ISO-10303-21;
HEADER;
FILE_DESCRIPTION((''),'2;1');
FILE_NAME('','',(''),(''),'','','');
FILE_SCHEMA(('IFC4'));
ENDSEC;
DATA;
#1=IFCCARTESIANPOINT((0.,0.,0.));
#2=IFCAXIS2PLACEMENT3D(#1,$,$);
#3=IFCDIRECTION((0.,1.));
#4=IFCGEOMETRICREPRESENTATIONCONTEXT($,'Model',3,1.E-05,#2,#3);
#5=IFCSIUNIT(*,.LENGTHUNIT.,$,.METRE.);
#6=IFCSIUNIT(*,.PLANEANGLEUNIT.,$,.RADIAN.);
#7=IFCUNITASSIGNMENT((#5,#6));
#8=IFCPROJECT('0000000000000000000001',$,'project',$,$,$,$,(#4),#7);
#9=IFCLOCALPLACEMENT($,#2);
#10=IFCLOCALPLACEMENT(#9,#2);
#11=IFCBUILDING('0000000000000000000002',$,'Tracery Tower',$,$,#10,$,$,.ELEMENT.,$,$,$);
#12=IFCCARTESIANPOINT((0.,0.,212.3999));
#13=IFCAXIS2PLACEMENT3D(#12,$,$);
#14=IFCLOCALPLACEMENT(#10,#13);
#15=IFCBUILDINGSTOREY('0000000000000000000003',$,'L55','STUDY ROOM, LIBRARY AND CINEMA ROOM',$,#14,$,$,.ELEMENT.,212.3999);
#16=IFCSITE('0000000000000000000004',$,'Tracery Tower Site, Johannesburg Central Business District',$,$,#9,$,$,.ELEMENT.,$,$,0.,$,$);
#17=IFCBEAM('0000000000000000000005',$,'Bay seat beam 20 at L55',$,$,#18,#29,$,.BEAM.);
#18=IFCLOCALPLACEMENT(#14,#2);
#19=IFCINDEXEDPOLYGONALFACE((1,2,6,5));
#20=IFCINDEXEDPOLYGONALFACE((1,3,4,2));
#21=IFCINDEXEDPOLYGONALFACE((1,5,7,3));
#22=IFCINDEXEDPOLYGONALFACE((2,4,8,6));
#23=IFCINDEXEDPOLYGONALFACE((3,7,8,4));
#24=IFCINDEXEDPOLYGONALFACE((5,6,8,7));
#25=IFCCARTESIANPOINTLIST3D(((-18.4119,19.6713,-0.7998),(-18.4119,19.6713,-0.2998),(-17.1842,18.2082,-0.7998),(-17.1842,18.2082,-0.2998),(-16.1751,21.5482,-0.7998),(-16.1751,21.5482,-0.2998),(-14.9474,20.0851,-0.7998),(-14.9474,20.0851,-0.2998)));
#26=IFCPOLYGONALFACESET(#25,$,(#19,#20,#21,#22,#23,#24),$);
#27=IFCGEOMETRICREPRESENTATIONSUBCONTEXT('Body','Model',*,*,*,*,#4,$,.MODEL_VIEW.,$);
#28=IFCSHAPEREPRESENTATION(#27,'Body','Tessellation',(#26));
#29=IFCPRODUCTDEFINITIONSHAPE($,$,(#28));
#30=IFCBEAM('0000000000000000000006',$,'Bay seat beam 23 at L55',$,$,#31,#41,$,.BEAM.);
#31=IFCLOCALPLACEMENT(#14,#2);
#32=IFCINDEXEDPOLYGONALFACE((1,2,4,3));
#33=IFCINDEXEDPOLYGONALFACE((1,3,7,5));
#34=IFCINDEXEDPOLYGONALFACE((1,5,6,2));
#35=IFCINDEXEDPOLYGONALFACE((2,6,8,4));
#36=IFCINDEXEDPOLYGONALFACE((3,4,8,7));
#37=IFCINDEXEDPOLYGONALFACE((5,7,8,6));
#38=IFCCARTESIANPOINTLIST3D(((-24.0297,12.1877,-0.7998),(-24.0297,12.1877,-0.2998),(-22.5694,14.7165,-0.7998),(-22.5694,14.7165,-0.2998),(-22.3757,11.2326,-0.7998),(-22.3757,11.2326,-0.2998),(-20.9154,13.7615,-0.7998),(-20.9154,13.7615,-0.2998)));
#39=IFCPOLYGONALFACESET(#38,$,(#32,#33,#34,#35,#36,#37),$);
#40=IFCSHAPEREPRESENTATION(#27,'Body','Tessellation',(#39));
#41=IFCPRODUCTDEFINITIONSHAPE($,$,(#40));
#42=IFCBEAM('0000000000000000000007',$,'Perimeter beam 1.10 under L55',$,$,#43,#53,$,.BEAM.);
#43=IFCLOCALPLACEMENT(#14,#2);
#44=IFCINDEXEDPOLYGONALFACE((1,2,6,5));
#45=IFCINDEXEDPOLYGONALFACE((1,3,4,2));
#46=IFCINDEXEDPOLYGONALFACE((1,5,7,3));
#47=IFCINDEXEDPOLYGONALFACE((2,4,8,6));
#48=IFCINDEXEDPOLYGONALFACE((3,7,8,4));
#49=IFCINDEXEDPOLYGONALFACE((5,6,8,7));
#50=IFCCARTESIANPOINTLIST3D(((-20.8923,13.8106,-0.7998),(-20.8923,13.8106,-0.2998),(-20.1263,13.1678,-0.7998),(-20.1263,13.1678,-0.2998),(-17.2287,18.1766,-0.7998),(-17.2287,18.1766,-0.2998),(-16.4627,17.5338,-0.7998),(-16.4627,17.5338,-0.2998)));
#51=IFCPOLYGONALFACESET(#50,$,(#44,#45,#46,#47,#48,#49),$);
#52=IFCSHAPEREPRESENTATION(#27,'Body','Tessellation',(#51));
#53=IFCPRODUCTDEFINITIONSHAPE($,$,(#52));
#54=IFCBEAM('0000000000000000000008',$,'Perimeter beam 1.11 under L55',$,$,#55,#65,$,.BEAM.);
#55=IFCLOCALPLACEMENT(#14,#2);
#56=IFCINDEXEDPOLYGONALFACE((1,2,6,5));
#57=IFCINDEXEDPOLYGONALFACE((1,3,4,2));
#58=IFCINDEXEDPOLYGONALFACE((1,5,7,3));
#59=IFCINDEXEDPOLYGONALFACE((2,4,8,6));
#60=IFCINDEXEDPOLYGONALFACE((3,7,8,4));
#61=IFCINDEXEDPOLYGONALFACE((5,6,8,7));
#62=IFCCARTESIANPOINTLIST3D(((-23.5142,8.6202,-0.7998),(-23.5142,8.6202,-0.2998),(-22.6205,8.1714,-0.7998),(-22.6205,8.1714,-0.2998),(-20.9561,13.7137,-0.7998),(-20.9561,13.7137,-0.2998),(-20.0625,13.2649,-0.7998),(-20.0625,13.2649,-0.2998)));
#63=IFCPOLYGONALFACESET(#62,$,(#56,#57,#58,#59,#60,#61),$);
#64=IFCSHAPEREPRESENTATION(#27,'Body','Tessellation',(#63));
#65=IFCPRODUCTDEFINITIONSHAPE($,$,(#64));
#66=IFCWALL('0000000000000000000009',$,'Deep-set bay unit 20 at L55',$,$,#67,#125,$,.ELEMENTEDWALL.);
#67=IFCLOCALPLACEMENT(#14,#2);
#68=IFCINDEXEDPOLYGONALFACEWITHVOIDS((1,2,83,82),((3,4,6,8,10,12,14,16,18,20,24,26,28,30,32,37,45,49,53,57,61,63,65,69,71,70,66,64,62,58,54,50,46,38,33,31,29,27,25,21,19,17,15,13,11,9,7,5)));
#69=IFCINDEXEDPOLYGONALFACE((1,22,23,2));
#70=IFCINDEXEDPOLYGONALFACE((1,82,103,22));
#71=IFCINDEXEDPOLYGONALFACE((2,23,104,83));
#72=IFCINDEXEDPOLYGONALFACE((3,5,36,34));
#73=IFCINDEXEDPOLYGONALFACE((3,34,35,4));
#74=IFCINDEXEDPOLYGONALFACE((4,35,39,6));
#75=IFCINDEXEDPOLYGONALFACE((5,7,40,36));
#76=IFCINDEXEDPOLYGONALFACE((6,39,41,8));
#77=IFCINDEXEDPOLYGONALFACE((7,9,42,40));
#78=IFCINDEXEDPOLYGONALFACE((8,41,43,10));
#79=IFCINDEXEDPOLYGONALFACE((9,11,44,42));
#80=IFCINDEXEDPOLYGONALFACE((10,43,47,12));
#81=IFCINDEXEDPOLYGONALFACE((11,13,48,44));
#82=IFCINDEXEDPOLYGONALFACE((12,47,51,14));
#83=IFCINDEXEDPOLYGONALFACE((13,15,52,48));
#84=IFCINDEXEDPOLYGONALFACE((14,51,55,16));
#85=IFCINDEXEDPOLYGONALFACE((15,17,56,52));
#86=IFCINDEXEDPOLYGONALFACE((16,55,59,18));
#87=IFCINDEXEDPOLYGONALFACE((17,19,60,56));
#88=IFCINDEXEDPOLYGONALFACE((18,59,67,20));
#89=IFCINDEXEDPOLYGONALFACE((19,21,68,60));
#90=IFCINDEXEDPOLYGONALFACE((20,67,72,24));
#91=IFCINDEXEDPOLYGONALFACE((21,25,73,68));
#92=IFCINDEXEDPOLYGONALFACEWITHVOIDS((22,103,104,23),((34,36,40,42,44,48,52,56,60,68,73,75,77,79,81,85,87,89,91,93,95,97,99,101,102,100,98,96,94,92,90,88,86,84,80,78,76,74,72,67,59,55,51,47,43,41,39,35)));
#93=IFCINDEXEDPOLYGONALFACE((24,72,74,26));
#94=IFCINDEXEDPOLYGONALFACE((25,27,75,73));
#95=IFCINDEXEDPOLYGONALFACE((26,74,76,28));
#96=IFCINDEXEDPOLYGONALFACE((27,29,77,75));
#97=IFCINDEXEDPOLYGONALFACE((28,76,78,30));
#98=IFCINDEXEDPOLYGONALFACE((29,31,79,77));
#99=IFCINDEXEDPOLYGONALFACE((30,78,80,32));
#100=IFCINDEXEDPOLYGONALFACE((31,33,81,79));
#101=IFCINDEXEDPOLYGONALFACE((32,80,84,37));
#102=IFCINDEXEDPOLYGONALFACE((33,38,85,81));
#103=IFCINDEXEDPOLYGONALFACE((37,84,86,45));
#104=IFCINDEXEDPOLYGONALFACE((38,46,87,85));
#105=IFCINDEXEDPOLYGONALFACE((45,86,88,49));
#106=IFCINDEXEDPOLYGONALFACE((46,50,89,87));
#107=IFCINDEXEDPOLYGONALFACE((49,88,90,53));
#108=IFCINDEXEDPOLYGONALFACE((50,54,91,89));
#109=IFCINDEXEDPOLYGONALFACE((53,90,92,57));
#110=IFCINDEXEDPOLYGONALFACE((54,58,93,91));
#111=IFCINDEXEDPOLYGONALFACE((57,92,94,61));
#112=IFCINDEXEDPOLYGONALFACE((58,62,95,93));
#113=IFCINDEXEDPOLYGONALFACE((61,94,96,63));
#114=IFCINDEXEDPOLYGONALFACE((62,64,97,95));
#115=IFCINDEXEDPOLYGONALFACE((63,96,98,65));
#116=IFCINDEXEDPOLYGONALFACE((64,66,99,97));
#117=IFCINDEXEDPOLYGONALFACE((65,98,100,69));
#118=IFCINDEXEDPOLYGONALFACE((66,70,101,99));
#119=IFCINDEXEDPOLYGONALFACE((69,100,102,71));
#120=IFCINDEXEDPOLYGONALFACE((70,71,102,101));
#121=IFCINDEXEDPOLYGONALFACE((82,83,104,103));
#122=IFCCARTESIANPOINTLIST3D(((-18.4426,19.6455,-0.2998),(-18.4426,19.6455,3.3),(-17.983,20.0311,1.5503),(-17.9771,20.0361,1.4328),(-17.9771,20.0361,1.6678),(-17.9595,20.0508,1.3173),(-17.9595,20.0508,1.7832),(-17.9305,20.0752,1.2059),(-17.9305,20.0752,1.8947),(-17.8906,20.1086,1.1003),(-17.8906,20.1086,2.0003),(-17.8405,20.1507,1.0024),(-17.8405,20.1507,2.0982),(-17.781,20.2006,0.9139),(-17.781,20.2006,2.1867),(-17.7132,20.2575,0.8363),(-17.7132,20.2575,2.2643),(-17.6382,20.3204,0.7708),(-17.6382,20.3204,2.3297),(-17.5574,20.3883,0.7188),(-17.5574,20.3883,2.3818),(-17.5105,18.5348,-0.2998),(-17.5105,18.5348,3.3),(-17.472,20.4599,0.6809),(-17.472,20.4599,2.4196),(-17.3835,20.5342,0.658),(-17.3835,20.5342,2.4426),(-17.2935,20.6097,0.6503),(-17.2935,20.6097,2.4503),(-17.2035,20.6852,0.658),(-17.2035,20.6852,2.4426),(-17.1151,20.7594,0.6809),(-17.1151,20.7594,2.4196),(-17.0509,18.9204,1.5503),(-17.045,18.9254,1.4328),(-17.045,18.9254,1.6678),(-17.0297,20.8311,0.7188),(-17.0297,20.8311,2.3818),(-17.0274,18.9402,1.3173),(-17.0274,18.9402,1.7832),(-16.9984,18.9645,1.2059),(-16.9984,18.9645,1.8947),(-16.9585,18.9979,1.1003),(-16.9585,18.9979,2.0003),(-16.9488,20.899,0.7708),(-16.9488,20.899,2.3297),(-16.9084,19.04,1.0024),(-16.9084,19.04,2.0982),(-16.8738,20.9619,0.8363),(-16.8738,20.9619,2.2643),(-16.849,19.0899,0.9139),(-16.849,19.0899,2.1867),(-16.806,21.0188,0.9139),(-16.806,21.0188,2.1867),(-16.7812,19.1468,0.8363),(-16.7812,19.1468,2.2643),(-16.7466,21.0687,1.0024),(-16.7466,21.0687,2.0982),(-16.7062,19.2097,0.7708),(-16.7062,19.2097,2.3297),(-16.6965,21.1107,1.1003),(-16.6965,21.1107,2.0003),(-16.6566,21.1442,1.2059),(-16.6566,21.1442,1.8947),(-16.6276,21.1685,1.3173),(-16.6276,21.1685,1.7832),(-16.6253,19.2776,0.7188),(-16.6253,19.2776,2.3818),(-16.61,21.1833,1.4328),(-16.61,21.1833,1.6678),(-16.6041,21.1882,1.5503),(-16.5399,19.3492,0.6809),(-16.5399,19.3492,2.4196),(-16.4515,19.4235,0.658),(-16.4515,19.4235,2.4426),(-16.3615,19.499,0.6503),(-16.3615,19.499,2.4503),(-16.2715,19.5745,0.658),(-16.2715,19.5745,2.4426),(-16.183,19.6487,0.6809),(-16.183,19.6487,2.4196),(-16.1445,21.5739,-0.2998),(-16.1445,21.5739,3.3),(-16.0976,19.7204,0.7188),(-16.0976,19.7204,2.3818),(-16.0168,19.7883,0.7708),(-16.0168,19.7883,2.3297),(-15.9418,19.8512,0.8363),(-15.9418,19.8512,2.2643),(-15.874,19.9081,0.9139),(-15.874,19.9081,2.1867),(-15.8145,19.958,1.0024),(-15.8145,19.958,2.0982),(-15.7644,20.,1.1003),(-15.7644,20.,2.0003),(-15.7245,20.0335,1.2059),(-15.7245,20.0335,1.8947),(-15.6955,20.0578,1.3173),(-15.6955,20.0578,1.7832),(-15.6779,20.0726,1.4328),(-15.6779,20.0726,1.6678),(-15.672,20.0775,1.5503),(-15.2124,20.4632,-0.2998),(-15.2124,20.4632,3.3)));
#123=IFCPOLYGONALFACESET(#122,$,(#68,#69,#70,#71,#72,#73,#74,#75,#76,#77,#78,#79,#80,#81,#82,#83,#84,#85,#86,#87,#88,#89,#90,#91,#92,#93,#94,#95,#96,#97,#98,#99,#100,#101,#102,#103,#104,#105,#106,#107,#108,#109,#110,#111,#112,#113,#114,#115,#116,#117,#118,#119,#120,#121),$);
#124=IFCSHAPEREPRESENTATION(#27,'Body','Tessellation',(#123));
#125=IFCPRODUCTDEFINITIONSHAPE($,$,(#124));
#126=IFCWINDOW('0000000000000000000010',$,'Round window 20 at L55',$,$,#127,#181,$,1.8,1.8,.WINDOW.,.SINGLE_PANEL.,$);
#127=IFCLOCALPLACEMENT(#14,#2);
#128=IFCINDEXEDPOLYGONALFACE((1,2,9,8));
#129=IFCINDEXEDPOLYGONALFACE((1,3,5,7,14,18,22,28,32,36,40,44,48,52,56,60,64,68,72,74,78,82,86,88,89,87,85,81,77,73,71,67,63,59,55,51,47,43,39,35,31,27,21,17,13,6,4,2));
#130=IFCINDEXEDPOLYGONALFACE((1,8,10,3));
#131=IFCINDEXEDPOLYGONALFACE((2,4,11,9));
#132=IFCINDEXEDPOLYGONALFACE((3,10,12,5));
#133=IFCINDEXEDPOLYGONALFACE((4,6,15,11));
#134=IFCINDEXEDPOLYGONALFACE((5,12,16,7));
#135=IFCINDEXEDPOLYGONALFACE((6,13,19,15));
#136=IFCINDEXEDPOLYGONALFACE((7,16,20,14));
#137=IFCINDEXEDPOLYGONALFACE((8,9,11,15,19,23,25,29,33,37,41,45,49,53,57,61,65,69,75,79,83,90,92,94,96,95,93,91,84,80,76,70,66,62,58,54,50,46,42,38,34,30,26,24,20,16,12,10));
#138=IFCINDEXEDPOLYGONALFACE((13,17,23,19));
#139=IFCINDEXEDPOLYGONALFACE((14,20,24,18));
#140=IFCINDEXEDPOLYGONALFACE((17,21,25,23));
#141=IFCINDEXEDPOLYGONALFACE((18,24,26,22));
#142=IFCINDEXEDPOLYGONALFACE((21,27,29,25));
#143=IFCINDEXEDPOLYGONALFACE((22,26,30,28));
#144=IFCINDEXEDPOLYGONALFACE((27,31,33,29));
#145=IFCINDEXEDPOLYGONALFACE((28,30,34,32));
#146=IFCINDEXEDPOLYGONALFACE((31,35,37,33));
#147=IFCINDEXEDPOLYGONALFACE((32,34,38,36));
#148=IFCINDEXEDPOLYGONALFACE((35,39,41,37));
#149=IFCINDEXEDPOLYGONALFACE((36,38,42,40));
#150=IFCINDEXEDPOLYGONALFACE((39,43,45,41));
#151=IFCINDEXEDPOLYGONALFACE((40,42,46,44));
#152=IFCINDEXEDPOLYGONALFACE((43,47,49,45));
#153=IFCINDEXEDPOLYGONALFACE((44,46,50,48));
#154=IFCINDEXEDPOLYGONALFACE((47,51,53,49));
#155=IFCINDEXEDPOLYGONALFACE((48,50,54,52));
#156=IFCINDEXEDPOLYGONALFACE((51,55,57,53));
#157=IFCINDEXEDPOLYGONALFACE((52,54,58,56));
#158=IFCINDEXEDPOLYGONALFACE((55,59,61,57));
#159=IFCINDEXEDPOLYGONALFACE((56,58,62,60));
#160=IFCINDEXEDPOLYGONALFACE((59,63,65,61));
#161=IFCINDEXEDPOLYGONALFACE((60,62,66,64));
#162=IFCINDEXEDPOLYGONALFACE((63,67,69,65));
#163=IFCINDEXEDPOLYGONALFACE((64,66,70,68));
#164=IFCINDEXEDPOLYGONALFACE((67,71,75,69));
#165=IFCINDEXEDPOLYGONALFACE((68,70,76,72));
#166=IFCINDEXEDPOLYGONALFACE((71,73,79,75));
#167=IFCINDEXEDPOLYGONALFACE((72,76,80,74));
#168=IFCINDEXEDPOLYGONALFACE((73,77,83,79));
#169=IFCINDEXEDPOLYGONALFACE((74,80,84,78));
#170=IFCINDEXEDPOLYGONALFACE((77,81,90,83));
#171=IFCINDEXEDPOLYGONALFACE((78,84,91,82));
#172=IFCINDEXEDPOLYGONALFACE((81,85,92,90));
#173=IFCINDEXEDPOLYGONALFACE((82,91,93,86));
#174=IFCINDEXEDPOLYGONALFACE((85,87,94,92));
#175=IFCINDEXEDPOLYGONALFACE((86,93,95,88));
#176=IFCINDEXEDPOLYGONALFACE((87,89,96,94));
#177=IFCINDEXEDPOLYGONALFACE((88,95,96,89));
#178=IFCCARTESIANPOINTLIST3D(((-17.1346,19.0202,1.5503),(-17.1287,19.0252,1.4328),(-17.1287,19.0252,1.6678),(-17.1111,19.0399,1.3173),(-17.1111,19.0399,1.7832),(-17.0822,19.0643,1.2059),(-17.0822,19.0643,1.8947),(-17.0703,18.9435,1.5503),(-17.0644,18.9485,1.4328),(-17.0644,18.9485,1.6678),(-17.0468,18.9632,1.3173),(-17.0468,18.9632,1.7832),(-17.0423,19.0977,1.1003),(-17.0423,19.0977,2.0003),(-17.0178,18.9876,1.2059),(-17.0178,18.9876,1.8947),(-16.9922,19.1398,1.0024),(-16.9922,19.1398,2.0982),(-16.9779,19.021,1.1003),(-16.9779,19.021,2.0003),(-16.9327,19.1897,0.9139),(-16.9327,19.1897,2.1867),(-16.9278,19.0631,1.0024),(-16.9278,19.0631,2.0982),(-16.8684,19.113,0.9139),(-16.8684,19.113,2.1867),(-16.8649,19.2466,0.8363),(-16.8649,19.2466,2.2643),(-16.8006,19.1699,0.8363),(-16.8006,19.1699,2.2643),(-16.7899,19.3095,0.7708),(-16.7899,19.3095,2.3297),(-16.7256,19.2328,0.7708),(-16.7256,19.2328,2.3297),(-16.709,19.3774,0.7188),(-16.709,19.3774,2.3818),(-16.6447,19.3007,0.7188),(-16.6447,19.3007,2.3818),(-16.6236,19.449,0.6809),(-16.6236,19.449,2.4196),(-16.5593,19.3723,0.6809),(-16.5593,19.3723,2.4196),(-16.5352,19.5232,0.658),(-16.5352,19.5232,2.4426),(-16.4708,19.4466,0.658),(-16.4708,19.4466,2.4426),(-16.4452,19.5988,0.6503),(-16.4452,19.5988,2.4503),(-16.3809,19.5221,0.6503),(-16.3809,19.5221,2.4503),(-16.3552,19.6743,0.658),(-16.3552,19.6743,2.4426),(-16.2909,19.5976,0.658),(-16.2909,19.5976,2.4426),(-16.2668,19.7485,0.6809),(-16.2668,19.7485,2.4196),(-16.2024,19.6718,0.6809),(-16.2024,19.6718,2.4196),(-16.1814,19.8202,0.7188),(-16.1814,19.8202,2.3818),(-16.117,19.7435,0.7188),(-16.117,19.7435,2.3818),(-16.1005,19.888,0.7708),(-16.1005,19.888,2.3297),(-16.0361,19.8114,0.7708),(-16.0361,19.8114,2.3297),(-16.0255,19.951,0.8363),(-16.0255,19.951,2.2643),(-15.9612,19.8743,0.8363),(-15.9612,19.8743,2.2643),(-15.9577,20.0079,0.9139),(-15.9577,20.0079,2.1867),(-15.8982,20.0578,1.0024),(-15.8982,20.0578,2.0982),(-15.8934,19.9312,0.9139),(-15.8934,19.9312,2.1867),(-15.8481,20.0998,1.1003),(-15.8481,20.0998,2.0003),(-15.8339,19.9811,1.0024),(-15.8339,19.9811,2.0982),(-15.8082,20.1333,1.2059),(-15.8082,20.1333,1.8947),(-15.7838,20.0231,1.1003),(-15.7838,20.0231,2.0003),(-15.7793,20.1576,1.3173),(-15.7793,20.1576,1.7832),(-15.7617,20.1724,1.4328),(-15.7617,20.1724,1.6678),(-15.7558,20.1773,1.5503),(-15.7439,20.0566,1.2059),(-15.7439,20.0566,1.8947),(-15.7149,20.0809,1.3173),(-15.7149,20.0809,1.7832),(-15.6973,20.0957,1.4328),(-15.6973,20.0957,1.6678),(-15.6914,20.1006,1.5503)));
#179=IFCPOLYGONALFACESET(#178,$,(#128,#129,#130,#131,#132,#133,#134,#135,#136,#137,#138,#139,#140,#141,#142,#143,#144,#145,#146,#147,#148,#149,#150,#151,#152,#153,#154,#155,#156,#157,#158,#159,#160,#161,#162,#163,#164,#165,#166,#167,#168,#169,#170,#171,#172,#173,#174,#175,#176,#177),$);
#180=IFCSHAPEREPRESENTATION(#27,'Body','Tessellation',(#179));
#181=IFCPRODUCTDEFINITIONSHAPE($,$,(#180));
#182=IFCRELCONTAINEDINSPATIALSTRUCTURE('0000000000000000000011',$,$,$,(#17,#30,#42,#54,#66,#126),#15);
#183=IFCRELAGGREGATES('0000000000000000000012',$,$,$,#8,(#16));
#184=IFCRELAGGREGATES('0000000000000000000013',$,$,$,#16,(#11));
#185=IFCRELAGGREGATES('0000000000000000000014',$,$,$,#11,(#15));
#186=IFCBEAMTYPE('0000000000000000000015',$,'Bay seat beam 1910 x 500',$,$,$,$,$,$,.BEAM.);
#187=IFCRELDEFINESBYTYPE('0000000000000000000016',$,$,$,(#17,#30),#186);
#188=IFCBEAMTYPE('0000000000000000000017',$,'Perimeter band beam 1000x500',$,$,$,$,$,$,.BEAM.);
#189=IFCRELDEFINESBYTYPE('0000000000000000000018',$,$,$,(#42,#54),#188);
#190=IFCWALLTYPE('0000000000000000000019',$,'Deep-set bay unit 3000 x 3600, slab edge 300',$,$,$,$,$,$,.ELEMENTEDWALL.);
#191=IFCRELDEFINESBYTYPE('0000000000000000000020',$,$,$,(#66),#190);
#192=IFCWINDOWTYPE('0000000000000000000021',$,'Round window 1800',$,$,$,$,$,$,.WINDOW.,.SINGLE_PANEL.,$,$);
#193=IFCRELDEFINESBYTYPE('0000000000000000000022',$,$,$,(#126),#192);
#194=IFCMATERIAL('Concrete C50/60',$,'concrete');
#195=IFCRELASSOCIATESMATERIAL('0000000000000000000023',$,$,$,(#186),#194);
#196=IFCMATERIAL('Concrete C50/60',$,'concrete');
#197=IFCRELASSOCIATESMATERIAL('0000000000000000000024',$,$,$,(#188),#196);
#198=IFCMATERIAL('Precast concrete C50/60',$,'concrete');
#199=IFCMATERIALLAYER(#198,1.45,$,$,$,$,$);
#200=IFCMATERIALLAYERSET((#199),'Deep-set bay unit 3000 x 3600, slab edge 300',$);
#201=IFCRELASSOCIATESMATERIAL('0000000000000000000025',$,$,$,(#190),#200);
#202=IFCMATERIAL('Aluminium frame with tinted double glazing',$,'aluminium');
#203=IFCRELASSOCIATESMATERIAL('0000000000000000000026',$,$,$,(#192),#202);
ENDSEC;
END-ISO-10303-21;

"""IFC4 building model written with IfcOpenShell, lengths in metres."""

from ifc_helpers import new_model, si_unit, direction, frame, frame_2d, origin, origin_2d, place, context, subcontext, project, spatial, rectangle, circle, extrude, material, layer, layer_set, material_profile, profile_set, type_object, element, fill, save


model = new_model("IFC4")

# Units and contexts
model_context = context("Model", 3, precision=1e-05, world=origin(), true_north=direction((0.0, 1.0)))
body_context = subcontext(model_context, "Body", "Model", "MODEL_VIEW")
ifc_project = project(units=[si_unit("LENGTHUNIT", "METRE"), si_unit("PLANEANGLEUNIT", "RADIAN")], contexts=[model_context])

# Site, building, storey
site_placement = place(None, origin())
site = spatial("IfcSite", under=ifc_project, at=site_placement, Name="Tracery Tower Site, Johannesburg Central Business District", CompositionType="ELEMENT", RefElevation=0.0)
building_placement = place(site_placement, origin())
building = spatial("IfcBuilding", under=site, at=building_placement, Name="Tracery Tower", CompositionType="ELEMENT")
storey_placement = place(building_placement, frame((0.0, 0.0, 212.3999)))
storey = spatial("IfcBuildingStorey", under=building, at=storey_placement, Name="L55", Description="STUDY ROOM, LIBRARY AND CINEMA ROOM", CompositionType="ELEMENT", Elevation=212.3999)

# Beams
ifc_material_1 = material(Name="Concrete C50/60", Category="concrete")
ifc_material_profile_1 = material_profile(ifc_material_1, rectangle(XDim=1.9099, YDim=0.5, at=origin_2d()), Name="RC 1910x500")
ifc_profile_set_1 = profile_set([ifc_material_profile_1], Name="Concrete C50/60")
beam_type_1 = type_object("IfcBeamType", Name="Bay seat beam 1910 x 500", PredefinedType="BEAM", material=ifc_profile_set_1)
beam_1_placement = place(storey_placement, frame((-15.5613, 20.8167, -0.5498), z_axis=(-0.766037, -0.642796, 0.0), x_axis=(0.642796, -0.766037, 0.0)))
element("IfcBeam", 1, at=beam_1_placement, inside=storey, type_object=beam_type_1, Name="Bay seat beam 20 at L55", PredefinedType="BEAM", context=body_context, shape_type="SweptSolid", body=[
    extrude(rectangle(XDim=1.9099, YDim=0.5, at=origin_2d()), origin(), (0.0, 0.0, 1.0), 2.9199),
])
beam_2_placement = place(storey_placement, frame((-21.7424, 14.239, -0.5498), z_axis=(-0.500051, -0.865996, 0.0), x_axis=(0.865996, -0.500051, 0.0)))
element("IfcBeam", 2, at=beam_2_placement, inside=storey, type_object=beam_type_1, Name="Bay seat beam 23 at L55", PredefinedType="BEAM", context=body_context, shape_type="SweptSolid", body=[
    extrude(rectangle(XDim=1.9099, YDim=0.5, at=origin_2d()), origin(), (0.0, 0.0, 1.0), 2.9202),
])
ifc_material_2 = material(Name="Concrete C50/60", Category="concrete")
ifc_material_profile_2 = material_profile(ifc_material_2, rectangle(XDim=1.0, YDim=0.5, at=origin_2d()), Name="RC 1000x500")
ifc_profile_set_2 = profile_set([ifc_material_profile_2], Name="Concrete C50/60")
beam_type_2 = type_object("IfcBeamType", Name="Perimeter band beam 1000x500", PredefinedType="BEAM", material=ifc_profile_set_2)
beam_3_placement = place(storey_placement, frame((-16.8457, 17.8552, -0.5498), z_axis=(-0.642797, -0.766036, 0.0), x_axis=(0.766036, -0.642797, 0.0)))
element("IfcBeam", 3, at=beam_3_placement, inside=storey, type_object=beam_type_2, Name="Perimeter beam 1.10 under L55", PredefinedType="BEAM", context=body_context, shape_type="SweptSolid", body=[
    extrude(rectangle(XDim=1.0, YDim=0.5, at=origin_2d()), origin(), (0.0, 0.0, 1.0), 5.6995),
])
beam_4_placement = place(storey_placement, frame((-20.5093, 13.4893, -0.5498), z_axis=(-0.448806, -0.893629, 0.0), x_axis=(0.893629, -0.448806, 0.0)))
element("IfcBeam", 4, at=beam_4_placement, inside=storey, type_object=beam_type_2, Name="Perimeter beam 1.11 under L55", PredefinedType="BEAM", context=body_context, shape_type="SweptSolid", body=[
    extrude(rectangle(XDim=1.0, YDim=0.5, at=origin_2d()), origin(), (0.0, 0.0, 1.0), 5.6997),
])

# Wall, opening, window
ifc_material_3 = material(Name="Precast concrete C50/60", Category="concrete")
ifc_layer_1 = layer(ifc_material_3, 1.45)
ifc_layer_set_1 = layer_set([ifc_layer_1], Name="Deep-set bay unit 3000 x 3600, slab edge 300")
wall_type_1 = type_object("IfcWallType", Name="Deep-set bay unit 3000 x 3600, slab edge 300", PredefinedType="ELEMENTEDWALL", material=ifc_layer_set_1)
wall_1_placement = place(storey_placement, frame((-15.6785, 21.0186, -0.2998), z_axis=(0.0, 0.0, 1.0), x_axis=(-0.766022, -0.642814, 0.0)))
wall_1 = element("IfcWall", 5, at=wall_1_placement, inside=storey, type_object=wall_type_1, Name="Deep-set bay unit 20 at L55", PredefinedType="ELEMENTEDWALL", context=body_context, shape_type="SweptSolid", body=[
    extrude(rectangle(XDim=3.0, YDim=1.45, at=frame_2d((1.5, 0.0))), origin(), (0.0, 0.0, 1.0), 3.5999),
])
opening_1_placement = place(wall_1_placement, frame((1.5, 0.0, 1.8501)))
opening_1 = element("IfcOpeningElement", 6, at=opening_1_placement, cuts=wall_1, PredefinedType="OPENING", context=body_context, shape_type="SweptSolid", body=[
    extrude(circle(Radius=0.9, at=origin_2d()), frame((0.0, 0.7349, 0.0), z_axis=(0.0, -1.0, 0.0), x_axis=(1.0, 0.0, 0.0)), (0.0, 0.0, 1.0), 1.47),
])
ifc_material_4 = material(Name="Aluminium frame with tinted double glazing", Category="aluminium")
window_type = type_object("IfcWindowType", Name="Round window 1800", PartitioningType="SINGLE_PANEL", PredefinedType="WINDOW", material=ifc_material_4)
window_1_placement = place(opening_1_placement, origin())
window_1 = element("IfcWindow", 7, at=window_1_placement, inside=storey, type_object=window_type, Name="Round window 20 at L55", OverallHeight=1.8, OverallWidth=1.8, PartitioningType="SINGLE_PANEL", PredefinedType="WINDOW", context=body_context, shape_type="SweptSolid", body=[
    extrude(circle(Radius=0.9, at=origin_2d()), frame((0.0, 0.6948, 0.0), z_axis=(0.0, -1.0, 0.0), x_axis=(1.0, 0.0, 0.0)), (0.0, 0.0, 1.0), 0.1001),
])
fill(opening_1, window_1)

save(model, "model.ifc")
